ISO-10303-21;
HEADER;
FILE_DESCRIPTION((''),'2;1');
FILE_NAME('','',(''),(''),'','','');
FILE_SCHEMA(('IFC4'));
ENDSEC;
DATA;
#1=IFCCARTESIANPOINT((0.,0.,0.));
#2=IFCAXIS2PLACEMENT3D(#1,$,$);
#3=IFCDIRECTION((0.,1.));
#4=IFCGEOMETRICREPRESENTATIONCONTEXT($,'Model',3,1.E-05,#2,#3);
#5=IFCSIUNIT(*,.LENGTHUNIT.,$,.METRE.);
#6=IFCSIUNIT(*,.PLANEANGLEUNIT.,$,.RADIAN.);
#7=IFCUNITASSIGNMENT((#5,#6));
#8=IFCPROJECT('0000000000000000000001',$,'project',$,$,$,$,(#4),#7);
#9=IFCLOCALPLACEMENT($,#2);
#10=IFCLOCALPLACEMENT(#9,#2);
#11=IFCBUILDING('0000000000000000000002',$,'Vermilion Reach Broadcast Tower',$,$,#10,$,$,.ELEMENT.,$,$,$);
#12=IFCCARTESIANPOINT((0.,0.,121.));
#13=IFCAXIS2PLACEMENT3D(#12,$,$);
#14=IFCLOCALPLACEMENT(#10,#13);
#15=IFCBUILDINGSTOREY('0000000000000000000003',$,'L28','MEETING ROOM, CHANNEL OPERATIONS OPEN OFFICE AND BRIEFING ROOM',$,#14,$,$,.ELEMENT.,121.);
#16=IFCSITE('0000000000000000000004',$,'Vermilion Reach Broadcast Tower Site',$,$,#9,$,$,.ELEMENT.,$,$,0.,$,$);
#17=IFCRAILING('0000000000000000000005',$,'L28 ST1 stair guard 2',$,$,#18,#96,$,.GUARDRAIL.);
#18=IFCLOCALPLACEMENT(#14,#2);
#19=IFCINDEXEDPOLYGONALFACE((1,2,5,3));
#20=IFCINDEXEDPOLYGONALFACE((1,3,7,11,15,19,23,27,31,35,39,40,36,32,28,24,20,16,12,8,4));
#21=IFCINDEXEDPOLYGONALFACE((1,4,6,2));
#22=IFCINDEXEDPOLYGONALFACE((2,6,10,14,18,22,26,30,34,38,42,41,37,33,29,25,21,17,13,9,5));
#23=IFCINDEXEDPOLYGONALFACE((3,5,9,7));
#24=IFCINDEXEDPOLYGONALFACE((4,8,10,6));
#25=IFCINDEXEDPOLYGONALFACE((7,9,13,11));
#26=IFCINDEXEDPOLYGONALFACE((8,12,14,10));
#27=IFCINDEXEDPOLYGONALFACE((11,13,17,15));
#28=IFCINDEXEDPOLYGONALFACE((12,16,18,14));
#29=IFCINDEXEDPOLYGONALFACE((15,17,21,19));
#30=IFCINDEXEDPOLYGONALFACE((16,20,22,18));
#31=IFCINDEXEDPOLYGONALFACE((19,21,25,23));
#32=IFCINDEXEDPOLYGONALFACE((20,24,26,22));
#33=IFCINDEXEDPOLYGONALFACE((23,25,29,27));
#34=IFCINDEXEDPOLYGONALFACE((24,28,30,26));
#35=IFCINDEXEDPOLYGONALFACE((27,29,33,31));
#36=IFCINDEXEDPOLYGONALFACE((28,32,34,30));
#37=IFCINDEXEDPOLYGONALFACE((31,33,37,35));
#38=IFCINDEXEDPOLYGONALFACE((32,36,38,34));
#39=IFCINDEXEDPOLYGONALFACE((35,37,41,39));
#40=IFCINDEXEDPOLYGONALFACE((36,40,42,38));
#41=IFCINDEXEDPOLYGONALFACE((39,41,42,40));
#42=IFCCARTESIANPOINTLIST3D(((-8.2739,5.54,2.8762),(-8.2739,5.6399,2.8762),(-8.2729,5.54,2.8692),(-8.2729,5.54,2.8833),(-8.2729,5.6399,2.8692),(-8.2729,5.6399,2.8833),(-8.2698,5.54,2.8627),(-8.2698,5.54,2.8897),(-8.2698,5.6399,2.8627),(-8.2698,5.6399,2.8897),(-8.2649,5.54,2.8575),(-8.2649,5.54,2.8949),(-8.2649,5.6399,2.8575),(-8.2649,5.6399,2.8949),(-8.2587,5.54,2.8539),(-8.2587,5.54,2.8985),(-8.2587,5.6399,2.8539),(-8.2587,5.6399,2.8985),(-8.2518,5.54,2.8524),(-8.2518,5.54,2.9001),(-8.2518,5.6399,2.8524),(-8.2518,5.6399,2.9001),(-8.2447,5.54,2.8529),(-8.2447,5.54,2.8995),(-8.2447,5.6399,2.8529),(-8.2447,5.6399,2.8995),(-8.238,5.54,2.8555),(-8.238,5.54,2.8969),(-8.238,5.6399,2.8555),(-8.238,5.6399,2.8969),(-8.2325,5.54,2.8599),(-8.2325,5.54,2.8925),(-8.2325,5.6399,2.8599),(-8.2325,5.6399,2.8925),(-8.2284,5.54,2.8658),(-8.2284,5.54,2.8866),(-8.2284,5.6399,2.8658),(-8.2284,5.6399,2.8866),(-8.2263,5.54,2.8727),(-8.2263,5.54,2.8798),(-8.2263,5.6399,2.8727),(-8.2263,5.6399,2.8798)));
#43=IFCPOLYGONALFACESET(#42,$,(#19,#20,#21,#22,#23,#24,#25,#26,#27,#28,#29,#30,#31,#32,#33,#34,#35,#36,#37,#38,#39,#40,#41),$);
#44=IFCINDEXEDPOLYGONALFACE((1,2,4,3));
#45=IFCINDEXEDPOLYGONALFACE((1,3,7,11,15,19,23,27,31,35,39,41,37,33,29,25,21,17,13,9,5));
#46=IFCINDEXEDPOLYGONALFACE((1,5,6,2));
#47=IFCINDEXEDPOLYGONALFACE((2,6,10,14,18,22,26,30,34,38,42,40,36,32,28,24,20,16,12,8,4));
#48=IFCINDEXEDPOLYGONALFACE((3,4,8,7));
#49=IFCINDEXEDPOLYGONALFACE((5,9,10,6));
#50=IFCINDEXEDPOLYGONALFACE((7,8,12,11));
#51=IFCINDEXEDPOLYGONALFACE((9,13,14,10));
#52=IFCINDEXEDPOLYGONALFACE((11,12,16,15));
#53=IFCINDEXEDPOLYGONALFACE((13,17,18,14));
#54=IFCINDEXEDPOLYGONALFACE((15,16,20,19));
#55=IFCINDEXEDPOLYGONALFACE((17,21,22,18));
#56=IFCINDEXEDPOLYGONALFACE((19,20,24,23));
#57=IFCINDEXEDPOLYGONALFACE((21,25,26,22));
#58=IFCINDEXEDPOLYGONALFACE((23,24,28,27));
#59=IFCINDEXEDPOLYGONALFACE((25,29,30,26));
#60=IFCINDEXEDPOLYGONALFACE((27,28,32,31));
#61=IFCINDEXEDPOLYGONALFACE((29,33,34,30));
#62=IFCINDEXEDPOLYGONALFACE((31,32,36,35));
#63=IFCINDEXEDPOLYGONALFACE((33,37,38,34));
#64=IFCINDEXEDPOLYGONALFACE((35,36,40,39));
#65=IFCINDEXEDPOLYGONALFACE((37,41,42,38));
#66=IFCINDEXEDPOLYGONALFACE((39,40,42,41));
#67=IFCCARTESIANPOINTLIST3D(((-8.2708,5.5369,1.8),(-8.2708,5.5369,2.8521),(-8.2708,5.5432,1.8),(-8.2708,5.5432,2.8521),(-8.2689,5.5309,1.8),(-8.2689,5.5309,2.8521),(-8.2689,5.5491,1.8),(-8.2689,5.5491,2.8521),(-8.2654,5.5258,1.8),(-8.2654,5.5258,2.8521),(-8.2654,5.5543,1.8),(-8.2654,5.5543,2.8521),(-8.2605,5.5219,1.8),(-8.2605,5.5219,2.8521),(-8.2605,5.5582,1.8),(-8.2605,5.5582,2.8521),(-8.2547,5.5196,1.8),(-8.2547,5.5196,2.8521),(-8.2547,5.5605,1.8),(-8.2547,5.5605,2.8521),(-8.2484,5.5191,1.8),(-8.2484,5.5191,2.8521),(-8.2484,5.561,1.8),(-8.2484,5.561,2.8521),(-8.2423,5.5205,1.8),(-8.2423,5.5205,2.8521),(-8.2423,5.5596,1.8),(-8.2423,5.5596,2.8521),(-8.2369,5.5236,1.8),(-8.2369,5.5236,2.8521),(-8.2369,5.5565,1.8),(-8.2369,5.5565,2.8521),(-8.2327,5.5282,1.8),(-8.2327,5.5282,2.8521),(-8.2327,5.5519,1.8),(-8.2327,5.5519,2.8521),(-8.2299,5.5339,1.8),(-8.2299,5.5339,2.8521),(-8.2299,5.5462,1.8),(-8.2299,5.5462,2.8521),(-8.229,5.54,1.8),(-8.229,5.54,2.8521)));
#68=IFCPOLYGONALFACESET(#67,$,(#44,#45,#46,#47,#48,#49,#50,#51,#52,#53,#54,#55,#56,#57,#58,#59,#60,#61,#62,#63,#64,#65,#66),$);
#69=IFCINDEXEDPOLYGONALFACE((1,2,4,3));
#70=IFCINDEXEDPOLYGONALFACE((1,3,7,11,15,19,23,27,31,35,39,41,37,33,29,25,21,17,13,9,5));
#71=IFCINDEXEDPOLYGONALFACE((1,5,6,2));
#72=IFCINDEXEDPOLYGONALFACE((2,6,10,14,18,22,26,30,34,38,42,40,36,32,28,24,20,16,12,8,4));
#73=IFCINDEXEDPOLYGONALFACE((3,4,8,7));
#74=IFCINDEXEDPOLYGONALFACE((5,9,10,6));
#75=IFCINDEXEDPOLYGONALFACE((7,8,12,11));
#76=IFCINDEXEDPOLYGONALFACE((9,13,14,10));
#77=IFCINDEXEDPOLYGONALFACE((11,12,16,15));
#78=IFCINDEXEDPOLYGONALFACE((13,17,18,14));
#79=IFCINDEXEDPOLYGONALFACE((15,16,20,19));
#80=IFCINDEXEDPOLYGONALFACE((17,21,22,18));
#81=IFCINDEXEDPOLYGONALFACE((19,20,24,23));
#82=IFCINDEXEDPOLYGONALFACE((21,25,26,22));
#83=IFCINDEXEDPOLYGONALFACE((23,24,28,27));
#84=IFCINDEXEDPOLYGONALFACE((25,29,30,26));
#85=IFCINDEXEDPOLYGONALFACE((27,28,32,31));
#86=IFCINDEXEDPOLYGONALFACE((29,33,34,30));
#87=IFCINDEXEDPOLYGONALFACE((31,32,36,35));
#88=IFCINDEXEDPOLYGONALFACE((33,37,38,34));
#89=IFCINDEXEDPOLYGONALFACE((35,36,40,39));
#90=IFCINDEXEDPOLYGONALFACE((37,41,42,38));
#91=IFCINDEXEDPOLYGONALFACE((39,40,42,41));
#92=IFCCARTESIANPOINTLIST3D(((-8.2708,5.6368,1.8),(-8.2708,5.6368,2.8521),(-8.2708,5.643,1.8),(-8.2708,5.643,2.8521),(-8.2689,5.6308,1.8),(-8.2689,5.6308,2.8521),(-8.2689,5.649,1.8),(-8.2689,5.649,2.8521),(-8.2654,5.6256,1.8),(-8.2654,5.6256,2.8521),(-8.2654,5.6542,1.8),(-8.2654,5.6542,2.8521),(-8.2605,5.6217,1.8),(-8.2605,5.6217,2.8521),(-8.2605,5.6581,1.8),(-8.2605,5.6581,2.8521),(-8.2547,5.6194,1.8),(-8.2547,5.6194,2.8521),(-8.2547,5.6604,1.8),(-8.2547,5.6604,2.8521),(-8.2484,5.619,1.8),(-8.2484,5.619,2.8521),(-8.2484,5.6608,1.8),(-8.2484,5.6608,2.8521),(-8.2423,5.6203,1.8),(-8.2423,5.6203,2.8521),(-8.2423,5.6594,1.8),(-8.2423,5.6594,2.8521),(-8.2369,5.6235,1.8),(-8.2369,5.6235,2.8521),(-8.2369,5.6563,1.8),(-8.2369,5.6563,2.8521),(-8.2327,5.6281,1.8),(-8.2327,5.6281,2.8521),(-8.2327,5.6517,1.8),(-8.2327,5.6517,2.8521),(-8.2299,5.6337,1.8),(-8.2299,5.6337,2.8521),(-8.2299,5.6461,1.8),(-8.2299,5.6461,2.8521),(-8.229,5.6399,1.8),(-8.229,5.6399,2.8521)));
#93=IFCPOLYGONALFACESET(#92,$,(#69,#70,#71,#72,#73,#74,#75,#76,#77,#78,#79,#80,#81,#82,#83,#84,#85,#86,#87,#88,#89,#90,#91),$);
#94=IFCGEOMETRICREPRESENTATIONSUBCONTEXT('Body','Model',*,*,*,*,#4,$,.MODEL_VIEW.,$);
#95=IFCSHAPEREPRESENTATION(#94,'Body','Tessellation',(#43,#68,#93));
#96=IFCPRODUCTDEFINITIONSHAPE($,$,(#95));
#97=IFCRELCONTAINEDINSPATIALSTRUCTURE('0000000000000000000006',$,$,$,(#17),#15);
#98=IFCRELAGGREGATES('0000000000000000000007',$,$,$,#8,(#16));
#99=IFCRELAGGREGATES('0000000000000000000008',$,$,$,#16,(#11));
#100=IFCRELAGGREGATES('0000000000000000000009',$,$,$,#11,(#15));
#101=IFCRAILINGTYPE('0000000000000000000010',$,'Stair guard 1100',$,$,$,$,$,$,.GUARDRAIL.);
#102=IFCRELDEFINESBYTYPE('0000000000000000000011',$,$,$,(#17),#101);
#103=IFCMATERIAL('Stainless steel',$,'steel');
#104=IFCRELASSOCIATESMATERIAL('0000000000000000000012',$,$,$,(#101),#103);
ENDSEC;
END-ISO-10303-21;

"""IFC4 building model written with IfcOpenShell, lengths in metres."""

from ifc_helpers import new_model, si_unit, direction, frame, origin, origin_2d, place, context, subcontext, project, spatial, circle, extrude, material, type_object, element, save


model = new_model("IFC4")

# Units and contexts
model_context = context("Model", 3, precision=1e-05, world=origin(), true_north=direction((0.0, 1.0)))
body_context = subcontext(model_context, "Body", "Model", "MODEL_VIEW")
ifc_project = project(units=[si_unit("LENGTHUNIT", "METRE"), si_unit("PLANEANGLEUNIT", "RADIAN")], contexts=[model_context])

# Site, building, storey
site_placement = place(None, origin())
site = spatial("IfcSite", under=ifc_project, at=site_placement, Name="Vermilion Reach Broadcast Tower Site", CompositionType="ELEMENT", RefElevation=0.0)
building_placement = place(site_placement, origin())
building = spatial("IfcBuilding", under=site, at=building_placement, Name="Vermilion Reach Broadcast Tower", CompositionType="ELEMENT")
storey_placement = place(building_placement, frame((0.0, 0.0, 121.0)))
storey = spatial("IfcBuildingStorey", under=building, at=storey_placement, Name="L28", Description="MEETING ROOM, CHANNEL OPERATIONS OPEN OFFICE AND BRIEFING ROOM", CompositionType="ELEMENT", Elevation=121.0)

# Railing
ifc_material_1 = material(Name="Stainless steel", Category="steel")
railing_type_1 = type_object("IfcRailingType", Name="Stair guard 1100", PredefinedType="GUARDRAIL", material=ifc_material_1)
railing_1_placement = place(storey_placement, frame((-8.25, 5.54, 1.8)))
element("IfcRailing", 1, at=railing_1_placement, inside=storey, type_object=railing_type_1, Name="L28 ST1 stair guard 2", PredefinedType="GUARDRAIL", context=body_context, shape_type="SweptSolid", body=[
    extrude(circle(Radius=0.0239, at=origin_2d()), frame((0.0, 0.0, 1.0762), z_axis=(0.0, 1.0, 0.0), x_axis=(-1.0, 0.0, 0.0)), (0.0, 0.0, 1.0), 0.0999),
    extrude(circle(Radius=0.021, at=origin_2d()), origin(), (0.0, 0.0, 1.0), 1.052),
    extrude(circle(Radius=0.021, at=origin_2d()), frame((0.0, 0.0999, 0.0)), (0.0, 0.0, 1.0), 1.052),
])

save(model, "model.ifc")
